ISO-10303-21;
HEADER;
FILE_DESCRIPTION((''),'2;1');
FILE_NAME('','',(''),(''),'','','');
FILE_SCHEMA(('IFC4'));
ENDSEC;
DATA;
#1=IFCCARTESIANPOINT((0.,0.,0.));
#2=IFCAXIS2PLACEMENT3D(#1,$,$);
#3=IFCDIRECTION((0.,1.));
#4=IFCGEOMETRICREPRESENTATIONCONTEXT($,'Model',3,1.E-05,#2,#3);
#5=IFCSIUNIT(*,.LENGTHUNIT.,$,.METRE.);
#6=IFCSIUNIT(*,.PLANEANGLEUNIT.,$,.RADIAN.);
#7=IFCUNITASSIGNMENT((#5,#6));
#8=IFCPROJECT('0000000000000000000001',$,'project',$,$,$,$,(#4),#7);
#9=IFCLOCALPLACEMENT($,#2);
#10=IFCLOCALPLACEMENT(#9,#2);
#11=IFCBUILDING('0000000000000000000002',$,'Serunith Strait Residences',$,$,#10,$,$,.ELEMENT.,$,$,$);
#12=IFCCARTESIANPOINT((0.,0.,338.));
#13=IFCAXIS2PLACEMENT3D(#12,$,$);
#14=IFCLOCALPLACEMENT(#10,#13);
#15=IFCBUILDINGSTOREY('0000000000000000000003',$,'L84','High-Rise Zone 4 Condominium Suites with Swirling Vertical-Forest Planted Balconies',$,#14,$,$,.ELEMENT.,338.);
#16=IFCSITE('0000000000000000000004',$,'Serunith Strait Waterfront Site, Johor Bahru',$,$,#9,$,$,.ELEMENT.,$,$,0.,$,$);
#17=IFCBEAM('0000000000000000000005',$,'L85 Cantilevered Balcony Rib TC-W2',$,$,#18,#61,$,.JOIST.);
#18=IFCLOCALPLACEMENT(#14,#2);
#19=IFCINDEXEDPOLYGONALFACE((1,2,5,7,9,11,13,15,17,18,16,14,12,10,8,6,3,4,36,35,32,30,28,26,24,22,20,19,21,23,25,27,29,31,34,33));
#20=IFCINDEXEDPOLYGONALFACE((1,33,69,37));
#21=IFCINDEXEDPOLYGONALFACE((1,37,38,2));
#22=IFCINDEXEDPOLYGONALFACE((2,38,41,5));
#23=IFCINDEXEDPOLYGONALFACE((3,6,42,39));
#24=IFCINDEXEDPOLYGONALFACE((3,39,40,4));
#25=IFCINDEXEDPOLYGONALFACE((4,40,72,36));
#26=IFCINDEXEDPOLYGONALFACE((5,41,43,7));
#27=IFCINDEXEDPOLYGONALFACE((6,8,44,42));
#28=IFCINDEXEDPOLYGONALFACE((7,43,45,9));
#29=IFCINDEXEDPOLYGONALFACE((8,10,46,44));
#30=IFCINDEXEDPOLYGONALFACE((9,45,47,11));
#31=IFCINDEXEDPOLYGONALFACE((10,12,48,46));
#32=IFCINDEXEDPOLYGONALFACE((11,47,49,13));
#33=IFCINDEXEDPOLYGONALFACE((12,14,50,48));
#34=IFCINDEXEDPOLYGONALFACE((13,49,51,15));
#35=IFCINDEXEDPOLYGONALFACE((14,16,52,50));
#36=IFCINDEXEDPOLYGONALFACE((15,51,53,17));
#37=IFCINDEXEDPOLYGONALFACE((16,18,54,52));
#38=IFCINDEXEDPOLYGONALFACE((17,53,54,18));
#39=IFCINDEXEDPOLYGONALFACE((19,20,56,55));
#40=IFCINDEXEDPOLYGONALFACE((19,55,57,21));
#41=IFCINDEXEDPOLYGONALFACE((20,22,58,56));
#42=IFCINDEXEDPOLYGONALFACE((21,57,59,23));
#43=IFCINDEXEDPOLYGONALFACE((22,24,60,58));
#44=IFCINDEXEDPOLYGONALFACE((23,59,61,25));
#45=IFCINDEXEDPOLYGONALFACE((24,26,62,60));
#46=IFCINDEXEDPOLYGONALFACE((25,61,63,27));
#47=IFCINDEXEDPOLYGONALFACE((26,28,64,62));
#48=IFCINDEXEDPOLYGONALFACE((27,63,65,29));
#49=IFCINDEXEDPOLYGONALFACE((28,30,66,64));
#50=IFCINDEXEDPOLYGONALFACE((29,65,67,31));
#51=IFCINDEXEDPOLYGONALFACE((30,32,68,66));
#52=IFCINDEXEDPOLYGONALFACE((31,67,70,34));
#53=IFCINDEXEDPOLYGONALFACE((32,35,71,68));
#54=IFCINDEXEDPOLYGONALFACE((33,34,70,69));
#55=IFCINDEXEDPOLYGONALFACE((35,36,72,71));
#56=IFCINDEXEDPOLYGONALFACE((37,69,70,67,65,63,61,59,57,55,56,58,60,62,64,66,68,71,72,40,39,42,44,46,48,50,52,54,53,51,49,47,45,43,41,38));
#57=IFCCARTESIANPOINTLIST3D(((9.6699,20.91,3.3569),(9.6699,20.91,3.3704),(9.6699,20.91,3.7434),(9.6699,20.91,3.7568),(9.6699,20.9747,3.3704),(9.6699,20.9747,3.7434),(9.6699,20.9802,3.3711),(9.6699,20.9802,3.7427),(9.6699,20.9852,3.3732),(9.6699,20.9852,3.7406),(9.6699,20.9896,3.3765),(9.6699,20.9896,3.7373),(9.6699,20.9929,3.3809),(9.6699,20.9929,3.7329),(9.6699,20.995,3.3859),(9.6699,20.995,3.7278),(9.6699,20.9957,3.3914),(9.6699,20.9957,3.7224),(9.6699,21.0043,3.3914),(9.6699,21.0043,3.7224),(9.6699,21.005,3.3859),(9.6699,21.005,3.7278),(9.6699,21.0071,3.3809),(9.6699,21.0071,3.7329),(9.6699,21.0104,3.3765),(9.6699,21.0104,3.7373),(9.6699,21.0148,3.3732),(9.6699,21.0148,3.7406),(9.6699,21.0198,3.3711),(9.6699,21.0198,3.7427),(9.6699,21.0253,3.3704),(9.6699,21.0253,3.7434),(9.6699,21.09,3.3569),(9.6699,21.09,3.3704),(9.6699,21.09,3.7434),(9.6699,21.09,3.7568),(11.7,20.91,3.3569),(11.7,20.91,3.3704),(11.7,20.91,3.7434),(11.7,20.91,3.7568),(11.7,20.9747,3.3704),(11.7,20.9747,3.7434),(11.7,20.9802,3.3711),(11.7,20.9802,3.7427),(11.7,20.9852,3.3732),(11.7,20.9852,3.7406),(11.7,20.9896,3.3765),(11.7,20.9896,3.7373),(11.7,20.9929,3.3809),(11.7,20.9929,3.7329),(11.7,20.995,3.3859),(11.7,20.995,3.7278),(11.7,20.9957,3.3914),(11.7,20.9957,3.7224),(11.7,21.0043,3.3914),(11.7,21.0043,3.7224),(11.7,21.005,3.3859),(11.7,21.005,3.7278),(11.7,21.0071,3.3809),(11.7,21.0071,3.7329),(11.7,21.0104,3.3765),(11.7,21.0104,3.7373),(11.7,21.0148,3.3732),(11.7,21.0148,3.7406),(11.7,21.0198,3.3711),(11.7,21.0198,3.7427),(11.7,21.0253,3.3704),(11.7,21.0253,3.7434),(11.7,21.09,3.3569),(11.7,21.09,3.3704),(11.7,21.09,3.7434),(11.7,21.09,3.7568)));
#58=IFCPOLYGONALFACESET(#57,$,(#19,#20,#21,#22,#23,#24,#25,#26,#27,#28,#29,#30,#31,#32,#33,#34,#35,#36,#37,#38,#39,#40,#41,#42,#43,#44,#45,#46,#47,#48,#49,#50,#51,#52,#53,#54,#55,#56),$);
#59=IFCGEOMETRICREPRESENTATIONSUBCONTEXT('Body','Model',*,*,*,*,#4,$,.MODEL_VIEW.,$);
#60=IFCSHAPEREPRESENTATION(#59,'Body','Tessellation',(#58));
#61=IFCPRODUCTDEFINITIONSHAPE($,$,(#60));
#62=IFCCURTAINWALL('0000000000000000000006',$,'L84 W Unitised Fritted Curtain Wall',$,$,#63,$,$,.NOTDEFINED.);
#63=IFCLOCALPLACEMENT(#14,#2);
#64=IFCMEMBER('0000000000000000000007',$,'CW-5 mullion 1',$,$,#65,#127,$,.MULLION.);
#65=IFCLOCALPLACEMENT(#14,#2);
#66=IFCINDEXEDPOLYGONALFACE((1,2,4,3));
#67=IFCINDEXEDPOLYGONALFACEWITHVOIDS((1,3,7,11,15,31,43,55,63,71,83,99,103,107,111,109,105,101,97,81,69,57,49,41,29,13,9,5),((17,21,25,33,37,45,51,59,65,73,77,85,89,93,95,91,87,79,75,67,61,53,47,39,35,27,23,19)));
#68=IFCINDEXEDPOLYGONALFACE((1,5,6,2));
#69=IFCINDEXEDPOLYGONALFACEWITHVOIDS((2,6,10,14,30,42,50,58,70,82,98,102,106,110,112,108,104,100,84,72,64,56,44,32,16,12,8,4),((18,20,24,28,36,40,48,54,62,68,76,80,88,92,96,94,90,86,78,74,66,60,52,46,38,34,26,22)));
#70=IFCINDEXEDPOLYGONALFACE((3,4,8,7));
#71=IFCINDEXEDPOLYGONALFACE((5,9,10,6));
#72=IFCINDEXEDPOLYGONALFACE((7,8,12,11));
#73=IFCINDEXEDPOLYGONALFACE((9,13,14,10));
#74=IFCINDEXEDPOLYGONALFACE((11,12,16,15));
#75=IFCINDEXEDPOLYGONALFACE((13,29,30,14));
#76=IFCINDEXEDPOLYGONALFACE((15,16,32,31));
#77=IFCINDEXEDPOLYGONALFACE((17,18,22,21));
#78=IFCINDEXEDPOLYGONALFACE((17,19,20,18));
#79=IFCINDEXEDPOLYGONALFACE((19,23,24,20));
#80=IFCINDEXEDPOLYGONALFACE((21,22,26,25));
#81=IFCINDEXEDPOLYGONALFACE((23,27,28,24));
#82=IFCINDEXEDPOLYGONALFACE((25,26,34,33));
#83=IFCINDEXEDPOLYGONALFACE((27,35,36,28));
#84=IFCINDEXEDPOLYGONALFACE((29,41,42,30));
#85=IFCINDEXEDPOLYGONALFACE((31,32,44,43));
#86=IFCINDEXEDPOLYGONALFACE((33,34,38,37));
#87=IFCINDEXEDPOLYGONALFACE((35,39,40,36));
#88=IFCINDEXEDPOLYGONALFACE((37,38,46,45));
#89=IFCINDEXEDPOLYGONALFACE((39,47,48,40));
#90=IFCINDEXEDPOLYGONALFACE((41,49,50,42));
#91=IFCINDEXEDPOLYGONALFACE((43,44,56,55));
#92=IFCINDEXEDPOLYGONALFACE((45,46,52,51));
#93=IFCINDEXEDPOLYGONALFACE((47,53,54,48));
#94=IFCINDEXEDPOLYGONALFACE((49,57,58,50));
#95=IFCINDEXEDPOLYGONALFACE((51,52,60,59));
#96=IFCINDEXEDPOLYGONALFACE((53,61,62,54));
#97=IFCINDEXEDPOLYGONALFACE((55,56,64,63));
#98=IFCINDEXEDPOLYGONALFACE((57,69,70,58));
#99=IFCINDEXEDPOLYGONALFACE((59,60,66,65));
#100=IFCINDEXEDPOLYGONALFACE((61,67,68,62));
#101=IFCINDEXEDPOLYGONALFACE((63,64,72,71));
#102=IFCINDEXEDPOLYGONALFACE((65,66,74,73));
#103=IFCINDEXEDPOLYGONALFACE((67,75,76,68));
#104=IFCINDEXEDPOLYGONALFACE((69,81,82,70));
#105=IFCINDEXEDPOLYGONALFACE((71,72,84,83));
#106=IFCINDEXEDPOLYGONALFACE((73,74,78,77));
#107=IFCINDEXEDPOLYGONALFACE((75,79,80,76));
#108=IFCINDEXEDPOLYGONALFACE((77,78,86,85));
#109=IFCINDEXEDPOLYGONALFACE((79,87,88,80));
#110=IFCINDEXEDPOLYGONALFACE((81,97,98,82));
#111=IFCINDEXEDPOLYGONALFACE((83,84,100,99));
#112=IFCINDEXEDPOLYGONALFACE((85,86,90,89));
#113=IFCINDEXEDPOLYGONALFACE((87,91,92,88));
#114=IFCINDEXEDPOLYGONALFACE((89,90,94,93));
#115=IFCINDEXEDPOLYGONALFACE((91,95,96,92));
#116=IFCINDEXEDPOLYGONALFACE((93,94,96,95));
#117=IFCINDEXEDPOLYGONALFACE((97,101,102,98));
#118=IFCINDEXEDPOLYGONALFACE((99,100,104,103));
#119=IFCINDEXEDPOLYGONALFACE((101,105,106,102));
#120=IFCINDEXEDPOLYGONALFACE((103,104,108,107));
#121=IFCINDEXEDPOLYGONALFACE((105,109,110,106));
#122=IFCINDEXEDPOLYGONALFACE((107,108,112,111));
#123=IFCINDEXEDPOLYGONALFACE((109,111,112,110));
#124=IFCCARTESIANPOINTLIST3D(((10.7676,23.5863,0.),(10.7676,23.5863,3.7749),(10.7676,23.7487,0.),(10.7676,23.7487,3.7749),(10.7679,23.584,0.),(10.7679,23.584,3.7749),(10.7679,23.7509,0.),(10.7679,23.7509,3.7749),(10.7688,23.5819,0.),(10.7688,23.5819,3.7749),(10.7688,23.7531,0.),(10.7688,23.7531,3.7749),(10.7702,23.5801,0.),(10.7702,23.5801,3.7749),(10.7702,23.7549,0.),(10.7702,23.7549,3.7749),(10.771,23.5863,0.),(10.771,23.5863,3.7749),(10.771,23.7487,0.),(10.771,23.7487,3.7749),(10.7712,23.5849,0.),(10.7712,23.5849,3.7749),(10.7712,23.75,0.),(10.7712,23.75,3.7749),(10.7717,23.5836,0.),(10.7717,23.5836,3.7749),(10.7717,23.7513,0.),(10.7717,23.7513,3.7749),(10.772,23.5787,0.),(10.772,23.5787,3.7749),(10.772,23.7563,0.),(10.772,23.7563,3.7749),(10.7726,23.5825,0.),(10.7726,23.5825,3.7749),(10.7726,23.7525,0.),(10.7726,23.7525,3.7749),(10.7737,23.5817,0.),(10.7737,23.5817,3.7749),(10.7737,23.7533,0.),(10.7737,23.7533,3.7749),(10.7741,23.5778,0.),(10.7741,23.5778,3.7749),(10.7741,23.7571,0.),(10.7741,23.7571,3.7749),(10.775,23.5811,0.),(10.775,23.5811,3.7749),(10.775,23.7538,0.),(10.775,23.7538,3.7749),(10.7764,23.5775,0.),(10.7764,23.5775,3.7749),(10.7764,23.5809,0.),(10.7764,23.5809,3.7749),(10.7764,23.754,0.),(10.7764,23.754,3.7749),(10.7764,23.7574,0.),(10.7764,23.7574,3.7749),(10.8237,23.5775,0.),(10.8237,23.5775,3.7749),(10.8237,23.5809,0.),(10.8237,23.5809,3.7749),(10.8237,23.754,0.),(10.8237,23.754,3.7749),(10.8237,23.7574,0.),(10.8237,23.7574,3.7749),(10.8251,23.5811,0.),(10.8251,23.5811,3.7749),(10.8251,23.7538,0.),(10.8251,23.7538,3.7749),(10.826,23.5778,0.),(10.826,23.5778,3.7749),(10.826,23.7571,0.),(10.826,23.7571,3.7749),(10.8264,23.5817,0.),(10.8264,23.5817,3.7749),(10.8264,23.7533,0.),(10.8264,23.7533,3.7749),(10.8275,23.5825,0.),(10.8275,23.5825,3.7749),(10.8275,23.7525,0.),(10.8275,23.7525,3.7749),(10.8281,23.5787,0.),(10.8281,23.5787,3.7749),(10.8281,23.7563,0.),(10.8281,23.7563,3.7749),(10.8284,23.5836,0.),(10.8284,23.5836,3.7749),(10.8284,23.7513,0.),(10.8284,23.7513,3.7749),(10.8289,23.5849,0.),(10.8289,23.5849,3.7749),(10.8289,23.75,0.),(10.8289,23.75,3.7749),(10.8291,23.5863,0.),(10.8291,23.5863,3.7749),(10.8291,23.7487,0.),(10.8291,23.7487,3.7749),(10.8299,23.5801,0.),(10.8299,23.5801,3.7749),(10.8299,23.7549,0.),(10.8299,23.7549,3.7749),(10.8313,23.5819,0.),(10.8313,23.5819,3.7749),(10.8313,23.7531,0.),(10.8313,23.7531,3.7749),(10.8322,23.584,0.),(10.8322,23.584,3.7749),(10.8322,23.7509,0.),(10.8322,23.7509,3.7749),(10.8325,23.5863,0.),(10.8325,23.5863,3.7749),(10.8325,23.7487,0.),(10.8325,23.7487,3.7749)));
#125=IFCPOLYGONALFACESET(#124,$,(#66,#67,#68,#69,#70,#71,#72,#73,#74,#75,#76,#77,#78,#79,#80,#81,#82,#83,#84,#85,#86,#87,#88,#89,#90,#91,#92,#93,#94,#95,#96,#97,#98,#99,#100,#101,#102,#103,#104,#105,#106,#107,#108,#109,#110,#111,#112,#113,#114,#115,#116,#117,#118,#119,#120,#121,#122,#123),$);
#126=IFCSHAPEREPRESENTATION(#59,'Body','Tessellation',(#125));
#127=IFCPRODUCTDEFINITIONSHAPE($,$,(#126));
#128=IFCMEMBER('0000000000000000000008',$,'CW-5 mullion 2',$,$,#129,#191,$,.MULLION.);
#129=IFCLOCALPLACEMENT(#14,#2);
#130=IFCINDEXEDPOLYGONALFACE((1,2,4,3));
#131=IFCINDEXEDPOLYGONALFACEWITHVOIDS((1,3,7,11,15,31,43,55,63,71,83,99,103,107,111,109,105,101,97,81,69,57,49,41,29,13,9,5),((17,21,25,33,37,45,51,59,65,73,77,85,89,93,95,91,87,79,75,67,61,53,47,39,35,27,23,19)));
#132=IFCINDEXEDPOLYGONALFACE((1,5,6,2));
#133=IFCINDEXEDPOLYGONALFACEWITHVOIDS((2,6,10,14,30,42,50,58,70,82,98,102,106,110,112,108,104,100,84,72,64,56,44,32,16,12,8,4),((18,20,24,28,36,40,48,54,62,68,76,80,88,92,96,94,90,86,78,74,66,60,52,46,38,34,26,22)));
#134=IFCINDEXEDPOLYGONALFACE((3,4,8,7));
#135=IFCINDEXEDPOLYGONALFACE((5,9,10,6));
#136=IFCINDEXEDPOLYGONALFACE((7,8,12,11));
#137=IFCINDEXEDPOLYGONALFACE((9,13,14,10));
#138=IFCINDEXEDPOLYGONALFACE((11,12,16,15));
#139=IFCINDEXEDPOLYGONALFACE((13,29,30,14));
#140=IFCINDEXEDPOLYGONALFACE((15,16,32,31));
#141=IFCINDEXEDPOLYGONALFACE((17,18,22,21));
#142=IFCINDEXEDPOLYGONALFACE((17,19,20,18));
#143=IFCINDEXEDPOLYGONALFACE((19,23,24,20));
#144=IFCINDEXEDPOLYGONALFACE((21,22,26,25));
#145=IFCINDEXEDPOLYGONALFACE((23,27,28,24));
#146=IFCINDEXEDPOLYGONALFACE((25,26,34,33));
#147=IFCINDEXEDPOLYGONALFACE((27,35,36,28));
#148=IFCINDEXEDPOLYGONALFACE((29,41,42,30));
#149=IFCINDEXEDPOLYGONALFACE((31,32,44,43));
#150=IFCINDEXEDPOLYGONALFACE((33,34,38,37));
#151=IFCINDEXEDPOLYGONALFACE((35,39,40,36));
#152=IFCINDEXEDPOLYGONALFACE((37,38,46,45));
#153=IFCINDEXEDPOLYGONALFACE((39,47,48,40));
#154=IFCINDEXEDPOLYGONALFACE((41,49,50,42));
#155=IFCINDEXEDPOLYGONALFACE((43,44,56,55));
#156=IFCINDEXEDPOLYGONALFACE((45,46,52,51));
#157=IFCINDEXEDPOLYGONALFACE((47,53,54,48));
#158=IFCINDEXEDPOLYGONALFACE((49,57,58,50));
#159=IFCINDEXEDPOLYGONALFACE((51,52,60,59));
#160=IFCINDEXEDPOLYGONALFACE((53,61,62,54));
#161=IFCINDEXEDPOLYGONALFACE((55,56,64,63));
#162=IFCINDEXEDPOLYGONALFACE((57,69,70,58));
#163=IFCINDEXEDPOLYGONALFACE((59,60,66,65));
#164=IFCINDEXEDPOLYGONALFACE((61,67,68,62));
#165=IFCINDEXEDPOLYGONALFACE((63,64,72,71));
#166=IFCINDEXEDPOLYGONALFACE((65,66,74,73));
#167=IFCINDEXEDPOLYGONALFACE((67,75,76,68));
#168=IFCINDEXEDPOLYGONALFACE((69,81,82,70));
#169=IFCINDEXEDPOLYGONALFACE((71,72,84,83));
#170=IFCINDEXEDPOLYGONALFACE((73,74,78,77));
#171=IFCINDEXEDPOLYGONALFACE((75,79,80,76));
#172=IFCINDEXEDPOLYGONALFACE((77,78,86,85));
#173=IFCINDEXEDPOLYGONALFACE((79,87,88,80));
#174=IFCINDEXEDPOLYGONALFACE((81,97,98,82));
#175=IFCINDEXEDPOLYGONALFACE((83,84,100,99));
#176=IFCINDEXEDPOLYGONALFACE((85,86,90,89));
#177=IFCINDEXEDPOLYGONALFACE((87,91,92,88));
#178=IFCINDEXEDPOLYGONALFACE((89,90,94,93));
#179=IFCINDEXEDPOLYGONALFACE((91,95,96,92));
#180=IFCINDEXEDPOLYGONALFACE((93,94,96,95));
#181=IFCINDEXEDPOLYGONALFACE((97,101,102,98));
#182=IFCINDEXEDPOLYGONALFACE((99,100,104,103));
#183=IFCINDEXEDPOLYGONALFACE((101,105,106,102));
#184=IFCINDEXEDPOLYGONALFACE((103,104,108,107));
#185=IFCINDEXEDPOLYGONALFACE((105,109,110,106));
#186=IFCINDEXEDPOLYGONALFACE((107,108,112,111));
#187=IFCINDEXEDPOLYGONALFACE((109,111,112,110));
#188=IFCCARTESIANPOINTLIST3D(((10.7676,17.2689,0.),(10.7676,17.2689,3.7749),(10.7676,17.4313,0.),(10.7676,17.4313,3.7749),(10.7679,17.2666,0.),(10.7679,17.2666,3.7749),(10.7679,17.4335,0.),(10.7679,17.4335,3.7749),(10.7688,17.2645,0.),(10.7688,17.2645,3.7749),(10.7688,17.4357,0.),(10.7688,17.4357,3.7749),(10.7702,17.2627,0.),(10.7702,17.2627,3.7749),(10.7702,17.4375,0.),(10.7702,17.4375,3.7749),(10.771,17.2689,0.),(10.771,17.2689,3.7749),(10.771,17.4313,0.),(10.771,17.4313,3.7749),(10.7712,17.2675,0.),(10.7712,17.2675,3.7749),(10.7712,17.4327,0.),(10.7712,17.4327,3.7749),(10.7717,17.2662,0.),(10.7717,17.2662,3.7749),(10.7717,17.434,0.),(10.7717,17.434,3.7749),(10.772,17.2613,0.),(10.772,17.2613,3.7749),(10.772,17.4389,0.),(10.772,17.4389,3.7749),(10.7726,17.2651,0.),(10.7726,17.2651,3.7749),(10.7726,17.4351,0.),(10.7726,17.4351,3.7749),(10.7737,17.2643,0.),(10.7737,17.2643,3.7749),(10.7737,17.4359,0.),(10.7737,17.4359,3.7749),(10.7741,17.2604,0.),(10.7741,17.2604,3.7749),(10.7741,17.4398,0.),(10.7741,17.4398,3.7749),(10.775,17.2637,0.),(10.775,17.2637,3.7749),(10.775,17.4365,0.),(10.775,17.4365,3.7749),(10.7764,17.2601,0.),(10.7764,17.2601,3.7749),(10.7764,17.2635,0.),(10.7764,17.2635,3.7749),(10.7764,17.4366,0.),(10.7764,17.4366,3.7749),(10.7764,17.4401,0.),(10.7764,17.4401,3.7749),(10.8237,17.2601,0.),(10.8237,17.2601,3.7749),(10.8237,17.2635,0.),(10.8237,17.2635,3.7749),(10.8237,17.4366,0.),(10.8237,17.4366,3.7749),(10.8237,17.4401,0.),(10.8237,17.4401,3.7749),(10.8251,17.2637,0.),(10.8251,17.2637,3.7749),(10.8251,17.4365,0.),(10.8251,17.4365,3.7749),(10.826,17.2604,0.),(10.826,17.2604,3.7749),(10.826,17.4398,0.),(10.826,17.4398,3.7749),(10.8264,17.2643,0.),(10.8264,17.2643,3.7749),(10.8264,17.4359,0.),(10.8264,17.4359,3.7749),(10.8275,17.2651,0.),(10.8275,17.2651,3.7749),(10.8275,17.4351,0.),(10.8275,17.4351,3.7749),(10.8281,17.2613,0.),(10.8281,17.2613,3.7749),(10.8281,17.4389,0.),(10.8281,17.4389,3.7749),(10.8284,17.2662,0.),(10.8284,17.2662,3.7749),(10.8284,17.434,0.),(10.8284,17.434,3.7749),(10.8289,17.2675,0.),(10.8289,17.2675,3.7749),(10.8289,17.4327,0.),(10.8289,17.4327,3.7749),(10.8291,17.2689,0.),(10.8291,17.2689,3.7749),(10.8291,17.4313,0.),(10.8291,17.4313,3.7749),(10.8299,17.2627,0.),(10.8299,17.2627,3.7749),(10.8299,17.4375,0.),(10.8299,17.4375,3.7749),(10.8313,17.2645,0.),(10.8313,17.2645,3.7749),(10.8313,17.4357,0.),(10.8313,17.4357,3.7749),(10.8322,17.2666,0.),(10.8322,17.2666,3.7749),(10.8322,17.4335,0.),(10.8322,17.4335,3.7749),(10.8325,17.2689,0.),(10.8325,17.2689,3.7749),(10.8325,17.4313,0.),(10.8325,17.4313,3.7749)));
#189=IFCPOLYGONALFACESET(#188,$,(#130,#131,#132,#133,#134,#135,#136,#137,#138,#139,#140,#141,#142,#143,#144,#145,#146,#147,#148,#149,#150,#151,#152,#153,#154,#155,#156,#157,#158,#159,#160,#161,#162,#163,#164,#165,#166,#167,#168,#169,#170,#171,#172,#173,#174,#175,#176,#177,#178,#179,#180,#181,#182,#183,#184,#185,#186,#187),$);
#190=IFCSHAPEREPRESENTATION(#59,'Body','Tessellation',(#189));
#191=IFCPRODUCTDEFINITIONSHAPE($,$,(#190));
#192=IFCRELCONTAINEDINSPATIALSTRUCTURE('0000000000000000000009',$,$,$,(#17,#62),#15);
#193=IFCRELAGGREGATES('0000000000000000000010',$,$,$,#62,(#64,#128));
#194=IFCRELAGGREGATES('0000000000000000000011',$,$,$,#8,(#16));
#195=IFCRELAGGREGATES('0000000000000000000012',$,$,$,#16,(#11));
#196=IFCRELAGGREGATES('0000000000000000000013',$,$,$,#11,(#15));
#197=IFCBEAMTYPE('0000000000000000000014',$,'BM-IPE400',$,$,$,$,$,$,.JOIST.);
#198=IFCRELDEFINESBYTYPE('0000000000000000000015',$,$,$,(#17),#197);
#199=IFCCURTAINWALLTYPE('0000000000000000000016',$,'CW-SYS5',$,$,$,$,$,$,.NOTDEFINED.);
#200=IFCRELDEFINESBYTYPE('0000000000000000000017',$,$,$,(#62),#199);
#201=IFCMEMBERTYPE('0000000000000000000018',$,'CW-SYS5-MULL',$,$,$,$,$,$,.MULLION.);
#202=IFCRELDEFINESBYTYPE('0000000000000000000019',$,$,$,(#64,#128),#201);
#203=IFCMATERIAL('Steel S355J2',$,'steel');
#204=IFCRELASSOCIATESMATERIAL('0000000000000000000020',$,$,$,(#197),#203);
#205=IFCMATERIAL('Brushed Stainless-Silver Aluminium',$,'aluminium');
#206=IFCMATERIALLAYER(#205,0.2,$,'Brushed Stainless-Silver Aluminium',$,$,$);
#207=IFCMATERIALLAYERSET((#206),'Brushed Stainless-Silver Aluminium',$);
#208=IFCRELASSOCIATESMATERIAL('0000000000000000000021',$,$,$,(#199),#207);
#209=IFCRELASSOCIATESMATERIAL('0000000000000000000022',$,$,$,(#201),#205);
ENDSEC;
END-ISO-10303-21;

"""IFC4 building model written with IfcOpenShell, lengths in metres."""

from ifc_helpers import new_model, si_unit, direction, frame, origin, origin_2d, place, context, subcontext, project, spatial, hollow_rectangle, i_section, extrude, source, transform, mapped, material, layer, layer_set, material_profile, profile_set, type_object, element, aggregate, save


model = new_model("IFC4")

# Units and contexts
model_context = context("Model", 3, precision=1e-05, world=origin(), true_north=direction((0.0, 1.0)))
body_context = subcontext(model_context, "Body", "Model", "MODEL_VIEW")
ifc_project = project(units=[si_unit("LENGTHUNIT", "METRE"), si_unit("PLANEANGLEUNIT", "RADIAN")], contexts=[model_context])

# Site, building, storey
site_placement = place(None, origin())
site = spatial("IfcSite", under=ifc_project, at=site_placement, Name="Serunith Strait Waterfront Site, Johor Bahru", CompositionType="ELEMENT", RefElevation=0.0)
building_placement = place(site_placement, origin())
building = spatial("IfcBuilding", under=site, at=building_placement, Name="Serunith Strait Residences", CompositionType="ELEMENT")
storey_placement = place(building_placement, frame((0.0, 0.0, 338.0)))
storey = spatial("IfcBuildingStorey", under=building, at=storey_placement, Name="L84", Description="High-Rise Zone 4 Condominium Suites with Swirling Vertical-Forest Planted Balconies", CompositionType="ELEMENT", Elevation=338.0)

# Beam
ifc_material_1 = material(Name="Steel S355J2", Category="steel")
ifc_material_profile_1 = material_profile(ifc_material_1, i_section(OverallWidth=0.1799, OverallDepth=0.3999, WebThickness=0.0085, FlangeThickness=0.0134, FilletRadius=0.021, at=origin_2d()), Name="IPE 400")
ifc_profile_set_1 = profile_set([ifc_material_profile_1], Name="Steel S355J2")
beam_type_1 = type_object("IfcBeamType", Name="BM-IPE400", PredefinedType="JOIST", material=ifc_profile_set_1)
shared_shape_1 = source(origin(), body_context, "Body", "SweptSolid", [
    extrude(i_section(OverallWidth=0.1799, OverallDepth=0.3999, WebThickness=0.0085, FlangeThickness=0.0134, FilletRadius=0.021, at=origin_2d()), origin(), (0.0, 0.0, 1.0), 2.03),
])
for number, where, z_axis, x_axis, name in (
    (1, (11.7, 21.0, 3.5569), (-1.0, 0.0, 0.0), (0.0, -1.0, 0.0), "L85 Cantilevered Balcony Rib TC-W2"),
):
    element("IfcBeam", number, at=place(storey_placement, frame(where, z_axis=z_axis, x_axis=x_axis)), inside=storey, type_object=beam_type_1, Name=name, PredefinedType="JOIST", context=body_context, shape_type="MappedRepresentation", body=[
        mapped(shared_shape_1, transform((0.0, 0.0, 0.0), scale=1.0)),
    ])

# Curtain wall, members
ifc_material_2 = material(Name="Brushed Stainless-Silver Aluminium", Category="aluminium")
ifc_layer_1 = layer(ifc_material_2, 0.2, Name="Brushed Stainless-Silver Aluminium")
ifc_layer_set_1 = layer_set([ifc_layer_1], Name="Brushed Stainless-Silver Aluminium")
curtain_wall_type = type_object("IfcCurtainWallType", Name="CW-SYS5", PredefinedType="NOTDEFINED", material=ifc_layer_set_1)
curtain_wall_placement = place(storey_placement, origin())
curtain_wall = element("IfcCurtainWall", 2, at=curtain_wall_placement, inside=storey, type_object=curtain_wall_type, Name="L84 W Unitised Fritted Curtain Wall", PredefinedType="NOTDEFINED")
ifc_material_profile_2 = material_profile(ifc_material_2, hollow_rectangle(XDim=0.0649, YDim=0.1799, WallThickness=0.0034, InnerFilletRadius=0.0054, OuterFilletRadius=0.0088, at=origin_2d()), Name="ALU 180x65x3.5")
ifc_profile_set_2 = profile_set([ifc_material_profile_2], Name="Brushed Stainless-Silver Aluminium")
member_type_1 = type_object("IfcMemberType", Name="CW-SYS5-MULL", PredefinedType="MULLION", material=ifc_profile_set_2)
shared_shape_2 = source(origin(), body_context, "Body", "SweptSolid", [
    extrude(hollow_rectangle(XDim=0.0649, YDim=0.1799, WallThickness=0.0034, InnerFilletRadius=0.0054, OuterFilletRadius=0.0088, at=origin_2d()), origin(), (0.0, 0.0, 1.0), 3.7749),
])
member_1_placement = place(storey_placement, frame((10.8, 23.6675, 0.0), z_axis=(0.0, 0.0, 1.0), x_axis=(1.0, 0.0, 0.0)))
member_1 = element("IfcMember", 3, at=member_1_placement, type_object=member_type_1, Name="CW-5 mullion 1", PredefinedType="MULLION", context=body_context, shape_type="MappedRepresentation", body=[
    mapped(shared_shape_2, transform((0.0, 0.0, 0.0), scale=1.0)),
])
member_2_placement = place(storey_placement, frame((10.8, 17.3501, 0.0), z_axis=(0.0, 0.0, 1.0), x_axis=(1.0, 0.0, 0.0)))
member_2 = element("IfcMember", 4, at=member_2_placement, type_object=member_type_1, Name="CW-5 mullion 2", PredefinedType="MULLION", context=body_context, shape_type="MappedRepresentation", body=[
    mapped(shared_shape_2, transform((0.0, 0.0, 0.0), scale=1.0)),
])
aggregate(curtain_wall, [member_1, member_2])

save(model, "model.ifc")
